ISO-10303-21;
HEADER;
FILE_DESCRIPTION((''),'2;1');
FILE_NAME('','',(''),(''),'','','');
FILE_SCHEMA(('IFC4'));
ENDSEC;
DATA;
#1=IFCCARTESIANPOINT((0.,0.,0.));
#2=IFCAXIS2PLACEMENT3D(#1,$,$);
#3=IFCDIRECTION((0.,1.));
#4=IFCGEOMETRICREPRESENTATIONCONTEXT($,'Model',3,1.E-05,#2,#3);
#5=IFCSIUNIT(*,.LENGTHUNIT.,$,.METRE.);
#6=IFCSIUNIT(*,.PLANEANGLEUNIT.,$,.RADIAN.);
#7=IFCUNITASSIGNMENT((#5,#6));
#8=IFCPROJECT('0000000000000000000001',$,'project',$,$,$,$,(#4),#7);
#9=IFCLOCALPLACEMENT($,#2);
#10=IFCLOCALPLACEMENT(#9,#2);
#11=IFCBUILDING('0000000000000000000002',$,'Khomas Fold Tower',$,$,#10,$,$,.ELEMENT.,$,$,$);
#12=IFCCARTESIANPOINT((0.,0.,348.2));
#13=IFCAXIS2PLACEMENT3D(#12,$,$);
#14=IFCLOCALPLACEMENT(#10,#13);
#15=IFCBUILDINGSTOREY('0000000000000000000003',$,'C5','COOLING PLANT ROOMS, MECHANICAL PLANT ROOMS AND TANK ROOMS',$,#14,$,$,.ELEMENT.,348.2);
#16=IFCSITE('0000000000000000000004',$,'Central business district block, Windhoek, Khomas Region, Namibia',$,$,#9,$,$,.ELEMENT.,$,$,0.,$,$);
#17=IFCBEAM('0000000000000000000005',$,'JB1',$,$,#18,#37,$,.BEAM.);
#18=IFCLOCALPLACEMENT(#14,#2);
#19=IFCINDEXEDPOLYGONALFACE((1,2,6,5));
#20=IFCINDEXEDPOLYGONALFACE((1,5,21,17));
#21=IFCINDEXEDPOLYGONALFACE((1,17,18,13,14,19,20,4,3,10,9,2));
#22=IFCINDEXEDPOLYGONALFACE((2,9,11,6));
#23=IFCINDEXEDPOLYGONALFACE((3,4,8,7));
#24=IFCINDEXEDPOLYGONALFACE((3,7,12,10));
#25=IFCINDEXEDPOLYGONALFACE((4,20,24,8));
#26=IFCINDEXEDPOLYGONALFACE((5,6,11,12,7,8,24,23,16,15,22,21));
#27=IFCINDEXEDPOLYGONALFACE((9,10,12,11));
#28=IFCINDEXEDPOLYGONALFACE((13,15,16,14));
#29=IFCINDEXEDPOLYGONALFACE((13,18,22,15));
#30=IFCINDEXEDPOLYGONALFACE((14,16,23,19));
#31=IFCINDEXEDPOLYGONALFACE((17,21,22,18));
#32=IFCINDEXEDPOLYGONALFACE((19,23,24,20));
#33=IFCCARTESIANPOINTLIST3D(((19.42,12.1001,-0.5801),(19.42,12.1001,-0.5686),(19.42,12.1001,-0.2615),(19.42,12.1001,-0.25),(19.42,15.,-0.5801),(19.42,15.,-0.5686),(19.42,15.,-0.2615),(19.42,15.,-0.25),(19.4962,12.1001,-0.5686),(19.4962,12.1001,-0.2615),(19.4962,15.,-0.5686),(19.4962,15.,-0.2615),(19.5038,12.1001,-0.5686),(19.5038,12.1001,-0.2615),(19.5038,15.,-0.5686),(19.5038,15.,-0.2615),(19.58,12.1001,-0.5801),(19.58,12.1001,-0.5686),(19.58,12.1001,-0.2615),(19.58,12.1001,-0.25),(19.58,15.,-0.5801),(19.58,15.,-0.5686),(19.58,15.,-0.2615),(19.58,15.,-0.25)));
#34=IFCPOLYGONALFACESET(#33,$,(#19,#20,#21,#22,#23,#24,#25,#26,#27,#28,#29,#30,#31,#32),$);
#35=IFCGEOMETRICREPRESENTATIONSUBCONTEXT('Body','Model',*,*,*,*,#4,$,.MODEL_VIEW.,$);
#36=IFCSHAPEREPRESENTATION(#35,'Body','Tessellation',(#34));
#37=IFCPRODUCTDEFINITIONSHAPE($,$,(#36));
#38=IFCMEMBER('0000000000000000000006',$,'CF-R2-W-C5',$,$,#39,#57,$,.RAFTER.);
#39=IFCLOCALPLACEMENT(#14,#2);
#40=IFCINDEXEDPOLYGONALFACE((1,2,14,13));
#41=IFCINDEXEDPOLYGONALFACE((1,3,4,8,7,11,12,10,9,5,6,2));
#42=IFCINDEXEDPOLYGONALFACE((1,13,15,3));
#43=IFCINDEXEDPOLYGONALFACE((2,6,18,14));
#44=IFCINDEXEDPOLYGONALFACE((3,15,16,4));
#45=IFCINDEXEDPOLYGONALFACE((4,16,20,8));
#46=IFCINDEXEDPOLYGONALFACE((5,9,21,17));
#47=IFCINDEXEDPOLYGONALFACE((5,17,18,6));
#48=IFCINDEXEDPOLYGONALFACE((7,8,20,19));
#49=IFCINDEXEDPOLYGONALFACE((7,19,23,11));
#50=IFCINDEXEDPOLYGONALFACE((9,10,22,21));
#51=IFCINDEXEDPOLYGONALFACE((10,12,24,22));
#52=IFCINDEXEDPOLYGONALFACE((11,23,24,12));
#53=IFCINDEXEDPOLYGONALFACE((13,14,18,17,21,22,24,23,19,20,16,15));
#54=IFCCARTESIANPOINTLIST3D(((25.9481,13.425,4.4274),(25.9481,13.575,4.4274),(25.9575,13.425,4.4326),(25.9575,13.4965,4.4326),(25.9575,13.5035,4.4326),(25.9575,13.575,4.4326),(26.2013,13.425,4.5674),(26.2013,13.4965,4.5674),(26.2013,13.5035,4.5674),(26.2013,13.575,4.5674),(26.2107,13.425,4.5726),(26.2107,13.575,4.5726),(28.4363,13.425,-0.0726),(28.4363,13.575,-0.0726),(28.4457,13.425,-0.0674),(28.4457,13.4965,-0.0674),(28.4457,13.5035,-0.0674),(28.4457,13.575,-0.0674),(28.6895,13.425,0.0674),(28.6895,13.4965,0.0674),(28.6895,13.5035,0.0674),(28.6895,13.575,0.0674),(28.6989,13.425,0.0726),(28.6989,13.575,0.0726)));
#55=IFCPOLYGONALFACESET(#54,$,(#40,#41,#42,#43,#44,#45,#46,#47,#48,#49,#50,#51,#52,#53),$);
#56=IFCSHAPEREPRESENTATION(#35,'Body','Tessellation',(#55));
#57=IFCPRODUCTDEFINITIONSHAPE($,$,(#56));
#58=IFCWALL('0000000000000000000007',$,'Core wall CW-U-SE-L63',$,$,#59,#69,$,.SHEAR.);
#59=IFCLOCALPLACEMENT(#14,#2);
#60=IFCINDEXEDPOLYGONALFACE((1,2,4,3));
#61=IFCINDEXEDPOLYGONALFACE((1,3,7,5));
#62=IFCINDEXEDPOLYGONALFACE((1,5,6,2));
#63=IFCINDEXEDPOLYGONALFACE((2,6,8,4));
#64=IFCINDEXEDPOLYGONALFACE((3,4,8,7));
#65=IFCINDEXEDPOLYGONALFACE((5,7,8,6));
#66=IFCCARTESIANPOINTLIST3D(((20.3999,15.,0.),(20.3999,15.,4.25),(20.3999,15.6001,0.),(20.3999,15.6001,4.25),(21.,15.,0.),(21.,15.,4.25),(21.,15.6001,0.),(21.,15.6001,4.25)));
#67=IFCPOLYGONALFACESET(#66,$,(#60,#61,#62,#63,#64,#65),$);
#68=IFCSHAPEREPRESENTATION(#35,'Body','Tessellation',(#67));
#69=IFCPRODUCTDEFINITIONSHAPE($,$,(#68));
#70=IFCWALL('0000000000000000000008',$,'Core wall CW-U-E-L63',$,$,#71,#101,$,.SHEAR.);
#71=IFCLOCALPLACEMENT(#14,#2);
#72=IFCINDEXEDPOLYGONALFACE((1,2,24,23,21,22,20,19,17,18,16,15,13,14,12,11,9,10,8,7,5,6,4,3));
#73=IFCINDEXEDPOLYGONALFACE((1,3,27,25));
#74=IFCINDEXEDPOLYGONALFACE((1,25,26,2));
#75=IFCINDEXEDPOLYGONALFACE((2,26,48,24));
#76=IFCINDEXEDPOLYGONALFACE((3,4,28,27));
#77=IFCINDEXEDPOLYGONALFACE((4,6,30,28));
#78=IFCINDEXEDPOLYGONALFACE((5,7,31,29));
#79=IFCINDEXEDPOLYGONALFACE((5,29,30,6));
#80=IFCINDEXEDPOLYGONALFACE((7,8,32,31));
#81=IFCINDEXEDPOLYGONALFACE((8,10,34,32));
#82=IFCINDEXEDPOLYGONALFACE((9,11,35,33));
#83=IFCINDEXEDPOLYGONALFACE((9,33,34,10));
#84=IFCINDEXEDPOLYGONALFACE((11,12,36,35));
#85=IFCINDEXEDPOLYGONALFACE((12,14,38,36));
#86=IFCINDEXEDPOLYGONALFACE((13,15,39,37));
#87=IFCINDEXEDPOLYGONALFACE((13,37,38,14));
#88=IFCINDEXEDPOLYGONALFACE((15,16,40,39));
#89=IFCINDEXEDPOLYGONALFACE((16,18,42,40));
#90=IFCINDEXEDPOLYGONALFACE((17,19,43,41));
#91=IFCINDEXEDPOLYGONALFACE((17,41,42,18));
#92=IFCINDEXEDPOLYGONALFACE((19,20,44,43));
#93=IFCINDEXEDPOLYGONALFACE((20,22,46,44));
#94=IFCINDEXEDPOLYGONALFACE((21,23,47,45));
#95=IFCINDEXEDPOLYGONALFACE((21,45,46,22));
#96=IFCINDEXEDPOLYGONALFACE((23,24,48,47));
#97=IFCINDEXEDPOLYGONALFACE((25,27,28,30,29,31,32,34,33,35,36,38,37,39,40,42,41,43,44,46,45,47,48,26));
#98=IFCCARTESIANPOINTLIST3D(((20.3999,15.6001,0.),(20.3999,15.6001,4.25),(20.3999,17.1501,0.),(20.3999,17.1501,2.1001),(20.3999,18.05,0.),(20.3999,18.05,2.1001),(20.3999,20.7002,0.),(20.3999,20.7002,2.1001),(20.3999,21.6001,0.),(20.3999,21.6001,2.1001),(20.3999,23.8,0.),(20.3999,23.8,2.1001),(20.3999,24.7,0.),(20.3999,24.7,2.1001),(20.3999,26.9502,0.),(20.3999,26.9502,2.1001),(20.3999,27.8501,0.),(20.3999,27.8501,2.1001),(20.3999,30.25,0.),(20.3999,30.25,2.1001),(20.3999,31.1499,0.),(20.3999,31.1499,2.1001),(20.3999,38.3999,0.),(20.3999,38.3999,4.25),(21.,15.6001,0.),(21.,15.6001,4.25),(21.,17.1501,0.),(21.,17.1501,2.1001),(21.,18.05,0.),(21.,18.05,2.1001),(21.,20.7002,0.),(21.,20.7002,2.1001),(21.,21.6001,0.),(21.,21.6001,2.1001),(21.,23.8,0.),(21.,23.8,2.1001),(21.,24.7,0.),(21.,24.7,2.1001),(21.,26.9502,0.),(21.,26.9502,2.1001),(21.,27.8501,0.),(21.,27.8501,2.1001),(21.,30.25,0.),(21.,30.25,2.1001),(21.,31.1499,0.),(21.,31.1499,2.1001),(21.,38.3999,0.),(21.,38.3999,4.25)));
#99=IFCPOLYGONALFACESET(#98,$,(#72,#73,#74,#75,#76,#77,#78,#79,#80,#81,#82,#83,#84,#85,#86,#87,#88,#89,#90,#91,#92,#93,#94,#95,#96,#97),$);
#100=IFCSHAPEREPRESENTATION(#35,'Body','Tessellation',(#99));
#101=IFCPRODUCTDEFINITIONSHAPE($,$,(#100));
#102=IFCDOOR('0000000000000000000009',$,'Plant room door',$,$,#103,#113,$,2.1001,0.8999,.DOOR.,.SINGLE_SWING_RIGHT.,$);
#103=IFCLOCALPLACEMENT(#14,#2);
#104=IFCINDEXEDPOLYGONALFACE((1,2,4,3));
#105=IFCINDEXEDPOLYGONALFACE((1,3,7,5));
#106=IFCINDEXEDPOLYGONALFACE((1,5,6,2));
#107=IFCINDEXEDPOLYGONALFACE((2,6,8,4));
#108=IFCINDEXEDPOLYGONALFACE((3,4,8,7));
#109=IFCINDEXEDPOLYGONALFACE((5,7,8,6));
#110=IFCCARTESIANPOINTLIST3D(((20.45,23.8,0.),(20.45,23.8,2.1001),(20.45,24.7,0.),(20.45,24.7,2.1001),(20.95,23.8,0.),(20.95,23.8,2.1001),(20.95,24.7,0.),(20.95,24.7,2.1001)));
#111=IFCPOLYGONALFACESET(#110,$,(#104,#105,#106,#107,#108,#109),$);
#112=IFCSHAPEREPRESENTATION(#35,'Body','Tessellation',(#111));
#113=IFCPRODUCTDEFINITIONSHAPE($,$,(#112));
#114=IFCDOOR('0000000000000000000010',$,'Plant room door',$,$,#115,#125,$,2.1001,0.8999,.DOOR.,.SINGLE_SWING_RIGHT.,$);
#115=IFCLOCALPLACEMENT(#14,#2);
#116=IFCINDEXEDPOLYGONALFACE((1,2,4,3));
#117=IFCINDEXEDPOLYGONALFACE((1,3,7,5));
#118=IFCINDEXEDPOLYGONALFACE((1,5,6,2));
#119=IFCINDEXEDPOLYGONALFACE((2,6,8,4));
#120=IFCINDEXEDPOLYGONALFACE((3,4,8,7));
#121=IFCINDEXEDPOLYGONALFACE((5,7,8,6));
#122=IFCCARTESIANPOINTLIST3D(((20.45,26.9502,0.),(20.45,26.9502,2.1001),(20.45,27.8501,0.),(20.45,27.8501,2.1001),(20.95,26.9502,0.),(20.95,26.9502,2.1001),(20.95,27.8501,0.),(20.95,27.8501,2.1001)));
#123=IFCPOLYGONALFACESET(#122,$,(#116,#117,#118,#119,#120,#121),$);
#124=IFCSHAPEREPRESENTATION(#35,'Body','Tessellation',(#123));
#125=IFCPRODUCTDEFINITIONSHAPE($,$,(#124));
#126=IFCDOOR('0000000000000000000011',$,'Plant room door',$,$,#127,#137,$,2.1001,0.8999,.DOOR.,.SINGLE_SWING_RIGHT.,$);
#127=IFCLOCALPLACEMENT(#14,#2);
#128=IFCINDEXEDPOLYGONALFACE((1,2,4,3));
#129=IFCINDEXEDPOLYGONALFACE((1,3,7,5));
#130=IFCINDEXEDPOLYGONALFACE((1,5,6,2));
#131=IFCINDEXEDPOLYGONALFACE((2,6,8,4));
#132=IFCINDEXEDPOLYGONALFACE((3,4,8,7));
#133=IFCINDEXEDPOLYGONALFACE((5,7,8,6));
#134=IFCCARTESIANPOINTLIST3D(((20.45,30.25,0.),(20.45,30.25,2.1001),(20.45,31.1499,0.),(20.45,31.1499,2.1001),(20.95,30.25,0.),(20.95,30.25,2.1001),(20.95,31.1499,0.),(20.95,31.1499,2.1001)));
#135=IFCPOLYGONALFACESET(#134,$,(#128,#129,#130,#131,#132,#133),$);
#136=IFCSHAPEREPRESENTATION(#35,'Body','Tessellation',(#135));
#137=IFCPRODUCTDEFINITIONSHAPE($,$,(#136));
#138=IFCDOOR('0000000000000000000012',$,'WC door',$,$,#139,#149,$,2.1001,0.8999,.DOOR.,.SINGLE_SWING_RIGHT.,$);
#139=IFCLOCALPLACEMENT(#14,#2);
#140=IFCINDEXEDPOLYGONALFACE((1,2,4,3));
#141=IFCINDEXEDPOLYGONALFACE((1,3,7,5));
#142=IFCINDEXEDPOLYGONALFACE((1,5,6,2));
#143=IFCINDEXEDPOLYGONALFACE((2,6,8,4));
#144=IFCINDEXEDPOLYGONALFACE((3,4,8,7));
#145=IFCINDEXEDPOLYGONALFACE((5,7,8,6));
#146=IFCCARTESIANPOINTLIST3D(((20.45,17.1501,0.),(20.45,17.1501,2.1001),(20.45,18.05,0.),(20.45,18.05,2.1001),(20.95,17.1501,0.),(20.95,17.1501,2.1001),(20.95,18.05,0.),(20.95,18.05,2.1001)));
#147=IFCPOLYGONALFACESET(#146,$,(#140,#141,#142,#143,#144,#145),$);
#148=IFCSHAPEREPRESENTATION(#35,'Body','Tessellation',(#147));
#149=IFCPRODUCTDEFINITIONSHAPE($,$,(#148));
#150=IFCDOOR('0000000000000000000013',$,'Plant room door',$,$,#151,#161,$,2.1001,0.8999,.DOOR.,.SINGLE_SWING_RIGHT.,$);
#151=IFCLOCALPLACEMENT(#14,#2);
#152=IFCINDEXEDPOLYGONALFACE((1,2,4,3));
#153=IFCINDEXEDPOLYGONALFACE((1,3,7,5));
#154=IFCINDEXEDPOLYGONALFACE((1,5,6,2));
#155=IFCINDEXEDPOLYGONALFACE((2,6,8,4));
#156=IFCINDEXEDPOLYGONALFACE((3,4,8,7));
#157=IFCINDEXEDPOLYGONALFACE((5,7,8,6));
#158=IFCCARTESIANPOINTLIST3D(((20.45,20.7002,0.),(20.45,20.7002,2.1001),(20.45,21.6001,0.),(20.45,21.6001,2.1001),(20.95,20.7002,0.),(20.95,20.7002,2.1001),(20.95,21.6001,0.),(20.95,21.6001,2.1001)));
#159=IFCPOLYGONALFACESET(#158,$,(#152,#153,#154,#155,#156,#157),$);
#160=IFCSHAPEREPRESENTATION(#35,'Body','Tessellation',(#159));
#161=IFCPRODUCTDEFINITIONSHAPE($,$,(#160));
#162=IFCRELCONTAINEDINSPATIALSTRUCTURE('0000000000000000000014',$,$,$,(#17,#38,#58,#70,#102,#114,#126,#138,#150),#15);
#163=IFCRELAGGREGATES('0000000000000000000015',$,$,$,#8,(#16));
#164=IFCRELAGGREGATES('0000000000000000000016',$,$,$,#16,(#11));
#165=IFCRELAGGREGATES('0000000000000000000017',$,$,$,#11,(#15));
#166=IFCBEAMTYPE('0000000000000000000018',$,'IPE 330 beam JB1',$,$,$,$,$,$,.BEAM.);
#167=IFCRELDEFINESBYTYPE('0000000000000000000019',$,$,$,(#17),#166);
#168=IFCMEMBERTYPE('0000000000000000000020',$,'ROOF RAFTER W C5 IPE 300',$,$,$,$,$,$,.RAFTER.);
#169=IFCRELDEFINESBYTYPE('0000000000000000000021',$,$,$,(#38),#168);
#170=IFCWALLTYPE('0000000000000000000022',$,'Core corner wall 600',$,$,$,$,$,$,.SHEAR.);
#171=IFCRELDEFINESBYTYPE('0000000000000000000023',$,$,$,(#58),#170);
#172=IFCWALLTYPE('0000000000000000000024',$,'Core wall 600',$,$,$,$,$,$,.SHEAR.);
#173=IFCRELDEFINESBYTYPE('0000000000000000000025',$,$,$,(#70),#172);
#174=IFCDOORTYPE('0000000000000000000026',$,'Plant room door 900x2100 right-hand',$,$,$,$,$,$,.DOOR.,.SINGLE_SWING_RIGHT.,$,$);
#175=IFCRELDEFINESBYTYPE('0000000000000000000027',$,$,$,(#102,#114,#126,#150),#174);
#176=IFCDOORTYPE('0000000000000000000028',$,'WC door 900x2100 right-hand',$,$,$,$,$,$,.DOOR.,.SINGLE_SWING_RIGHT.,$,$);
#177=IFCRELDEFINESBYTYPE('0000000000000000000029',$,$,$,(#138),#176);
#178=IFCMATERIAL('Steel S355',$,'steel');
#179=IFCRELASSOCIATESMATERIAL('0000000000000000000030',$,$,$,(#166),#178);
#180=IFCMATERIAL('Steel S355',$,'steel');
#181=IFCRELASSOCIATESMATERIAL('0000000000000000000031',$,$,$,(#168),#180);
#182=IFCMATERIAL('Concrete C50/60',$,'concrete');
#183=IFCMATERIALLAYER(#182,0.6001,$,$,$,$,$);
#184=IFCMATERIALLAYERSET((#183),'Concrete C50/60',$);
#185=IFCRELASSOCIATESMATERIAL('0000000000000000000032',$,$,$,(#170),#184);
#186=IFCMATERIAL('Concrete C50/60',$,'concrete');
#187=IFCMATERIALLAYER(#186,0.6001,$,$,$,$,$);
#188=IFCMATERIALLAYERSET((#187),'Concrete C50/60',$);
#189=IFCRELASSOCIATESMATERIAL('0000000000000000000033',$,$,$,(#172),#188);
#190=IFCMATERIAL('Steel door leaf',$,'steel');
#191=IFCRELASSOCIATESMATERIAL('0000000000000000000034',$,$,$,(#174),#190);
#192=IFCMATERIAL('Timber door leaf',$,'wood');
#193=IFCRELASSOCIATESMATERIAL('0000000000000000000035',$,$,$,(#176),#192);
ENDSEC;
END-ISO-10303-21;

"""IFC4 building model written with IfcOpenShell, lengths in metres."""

from ifc_helpers import new_model, si_unit, direction, frame, frame_2d, origin, origin_2d, place, context, subcontext, project, spatial, rectangle, i_section, extrude, source, transform, mapped, material, layer, layer_set, material_profile, profile_set, type_object, element, fill, save


model = new_model("IFC4")

# Units and contexts
model_context = context("Model", 3, precision=1e-05, world=origin(), true_north=direction((0.0, 1.0)))
body_context = subcontext(model_context, "Body", "Model", "MODEL_VIEW")
ifc_project = project(units=[si_unit("LENGTHUNIT", "METRE"), si_unit("PLANEANGLEUNIT", "RADIAN")], contexts=[model_context])

# Site, building, storey
site_placement = place(None, origin())
site = spatial("IfcSite", under=ifc_project, at=site_placement, Name="Central business district block, Windhoek, Khomas Region, Namibia", CompositionType="ELEMENT", RefElevation=0.0)
building_placement = place(site_placement, origin())
building = spatial("IfcBuilding", under=site, at=building_placement, Name="Khomas Fold Tower", CompositionType="ELEMENT")
storey_placement = place(building_placement, frame((0.0, 0.0, 348.2)))
storey = spatial("IfcBuildingStorey", under=building, at=storey_placement, Name="C5", Description="COOLING PLANT ROOMS, MECHANICAL PLANT ROOMS AND TANK ROOMS", CompositionType="ELEMENT", Elevation=348.2)

# Beam
ifc_material_1 = material(Name="Steel S355", Category="steel")
ifc_material_profile_1 = material_profile(ifc_material_1, i_section(OverallWidth=0.1599, OverallDepth=0.3301, WebThickness=0.0076, FlangeThickness=0.0115, at=origin_2d()), Name="IPE 330")
ifc_profile_set_1 = profile_set([ifc_material_profile_1], Name="Steel S355")
beam_type = type_object("IfcBeamType", Name="IPE 330 beam JB1", PredefinedType="BEAM", material=ifc_profile_set_1)
shared_shape_1 = source(origin(), body_context, "Body", "SweptSolid", [
    extrude(i_section(OverallWidth=0.1599, OverallDepth=0.3301, WebThickness=0.0076, FlangeThickness=0.0115, at=origin_2d()), origin(), (0.0, 0.0, 1.0), 2.8999),
])
beam_placement = place(storey_placement, frame((19.5, 12.1001, -0.415), z_axis=(0.0, 1.0, 0.0), x_axis=(-1.0, 0.0, 0.0)))
element("IfcBeam", 1, at=beam_placement, inside=storey, type_object=beam_type, Name="JB1", PredefinedType="BEAM", context=body_context, shape_type="MappedRepresentation", body=[
    mapped(shared_shape_1, transform((0.0, 0.0, 0.0))),
])

# Member
ifc_material_2 = material(Name="Steel S355", Category="steel")
ifc_material_profile_2 = material_profile(ifc_material_2, i_section(OverallWidth=0.1499, OverallDepth=0.3, WebThickness=0.0071, FlangeThickness=0.0107, at=origin_2d()), Name="IPE 300")
ifc_profile_set_2 = profile_set([ifc_material_profile_2], Name="Steel S355")
member_type_1 = type_object("IfcMemberType", Name="ROOF RAFTER W C5 IPE 300", PredefinedType="RAFTER", material=ifc_profile_set_2)
shared_shape_2 = source(origin(), body_context, "Body", "SweptSolid", [
    extrude(i_section(OverallWidth=0.1499, OverallDepth=0.3, WebThickness=0.0071, FlangeThickness=0.0107, at=origin_2d()), origin(), (0.0, 0.0, 1.0), 5.1421),
])
member_1_placement = place(storey_placement, frame((28.5676, 13.5, 0.0), z_axis=(-0.4839, 0.0, 0.875123), x_axis=(0.0, -1.0, 0.0)))
element("IfcMember", 2, at=member_1_placement, inside=storey, type_object=member_type_1, Name="CF-R2-W-C5", PredefinedType="RAFTER", context=body_context, shape_type="MappedRepresentation", body=[
    mapped(shared_shape_2, transform((0.0, 0.0, 0.0))),
])

# Wall
ifc_material_3 = material(Name="Concrete C50/60", Category="concrete")
ifc_layer_1 = layer(ifc_material_3, 0.6001)
ifc_layer_set_1 = layer_set([ifc_layer_1], Name="Concrete C50/60")
wall_type_1 = type_object("IfcWallType", Name="Core corner wall 600", PredefinedType="SHEAR", material=ifc_layer_set_1)
shared_shape_3 = source(origin(), body_context, "Body", "SweptSolid", [
    extrude(rectangle(XDim=0.6001, YDim=0.6001, at=frame_2d((0.3, 0.0))), origin(), (0.0, 0.0, 1.0), 4.25),
])
wall_1_placement = place(storey_placement, frame((20.3999, 15.3, 0.0), z_axis=(0.0, 0.0, 1.0), x_axis=(1.0, 0.0, 0.0)))
element("IfcWall", 3, at=wall_1_placement, inside=storey, type_object=wall_type_1, Name="Core wall CW-U-SE-L63", PredefinedType="SHEAR", context=body_context, shape_type="MappedRepresentation", body=[
    mapped(shared_shape_3, transform((0.0, 0.0, 0.0))),
])

# Wall, openings, doors
ifc_material_4 = material(Name="Concrete C50/60", Category="concrete")
ifc_layer_2 = layer(ifc_material_4, 0.6001)
ifc_layer_set_2 = layer_set([ifc_layer_2], Name="Concrete C50/60")
wall_type_2 = type_object("IfcWallType", Name="Core wall 600", PredefinedType="SHEAR", material=ifc_layer_set_2)
shared_shape_4 = source(origin(), body_context, "Body", "SweptSolid", [
    extrude(rectangle(XDim=22.7998, YDim=0.6001, at=frame_2d((11.3999, 0.0))), origin(), (0.0, 0.0, 1.0), 4.25),
])
wall_2_placement = place(storey_placement, frame((20.7, 15.6001, 0.0), z_axis=(0.0, 0.0, 1.0), x_axis=(0.0, 1.0, 0.0)))
wall_2 = element("IfcWall", 4, at=wall_2_placement, inside=storey, type_object=wall_type_2, Name="Core wall CW-U-E-L63", PredefinedType="SHEAR", context=body_context, shape_type="MappedRepresentation", body=[
    mapped(shared_shape_4, transform((0.0, 0.0, 0.0))),
])
shared_shape_5 = source(origin(), body_context, "Body", "SweptSolid", [
    extrude(rectangle(XDim=0.8999, YDim=2.1001, at=frame_2d((0.45, 1.05))), frame((0.0, 0.3101, 0.0), z_axis=(0.0, -1.0, 0.0), x_axis=(1.0, 0.0, 0.0)), (0.0, 0.0, 1.0), 0.6201),
])
opening_1_placement = place(wall_2_placement, frame((8.2, 0.0, 0.0)))
opening_1 = element("IfcOpeningElement", 5, at=opening_1_placement, cuts=wall_2, PredefinedType="OPENING", context=body_context, shape_type="MappedRepresentation", body=[
    mapped(shared_shape_5, transform((0.0, 0.0, 0.0))),
])
opening_2_placement = place(wall_2_placement, frame((11.3501, 0.0, 0.0)))
opening_2 = element("IfcOpeningElement", 6, at=opening_2_placement, cuts=wall_2, PredefinedType="OPENING", context=body_context, shape_type="MappedRepresentation", body=[
    mapped(shared_shape_5, transform((0.0, 0.0, 0.0))),
])
opening_3_placement = place(wall_2_placement, frame((14.6499, 0.0, 0.0)))
opening_3 = element("IfcOpeningElement", 7, at=opening_3_placement, cuts=wall_2, PredefinedType="OPENING", context=body_context, shape_type="MappedRepresentation", body=[
    mapped(shared_shape_5, transform((0.0, 0.0, 0.0))),
])
opening_4_placement = place(wall_2_placement, frame((1.55, 0.0, 0.0)))
opening_4 = element("IfcOpeningElement", 8, at=opening_4_placement, cuts=wall_2, PredefinedType="OPENING", context=body_context, shape_type="MappedRepresentation", body=[
    mapped(shared_shape_5, transform((0.0, 0.0, 0.0))),
])
opening_5_placement = place(wall_2_placement, frame((5.1001, 0.0, 0.0)))
opening_5 = element("IfcOpeningElement", 9, at=opening_5_placement, cuts=wall_2, PredefinedType="OPENING", context=body_context, shape_type="MappedRepresentation", body=[
    mapped(shared_shape_5, transform((0.0, 0.0, 0.0))),
])
ifc_material_5 = material(Name="Steel door leaf", Category="steel")
door_type_1 = type_object("IfcDoorType", Name="Plant room door 900x2100 right-hand", OperationType="SINGLE_SWING_RIGHT", PredefinedType="DOOR", material=ifc_material_5)
shared_shape_6 = source(origin(), body_context, "Body", "SweptSolid", [
    extrude(rectangle(XDim=0.8999, YDim=2.1001, at=frame_2d((0.45, 1.05))), frame((0.0, 0.25, 0.0), z_axis=(0.0, -1.0, 0.0), x_axis=(1.0, 0.0, 0.0)), (0.0, 0.0, 1.0), 0.5),
])
door_1_placement = place(opening_1_placement, origin())
door_1 = element("IfcDoor", 10, at=door_1_placement, inside=storey, type_object=door_type_1, Name="Plant room door", OperationType="SINGLE_SWING_RIGHT", OverallHeight=2.1001, OverallWidth=0.8999, PredefinedType="DOOR", context=body_context, shape_type="MappedRepresentation", body=[
    mapped(shared_shape_6, transform((0.0, 0.0, 0.0))),
])
fill(opening_1, door_1)
door_2_placement = place(opening_2_placement, origin())
door_2 = element("IfcDoor", 11, at=door_2_placement, inside=storey, type_object=door_type_1, Name="Plant room door", OperationType="SINGLE_SWING_RIGHT", OverallHeight=2.1001, OverallWidth=0.8999, PredefinedType="DOOR", context=body_context, shape_type="MappedRepresentation", body=[
    mapped(shared_shape_6, transform((0.0, 0.0, 0.0))),
])
fill(opening_2, door_2)
door_3_placement = place(opening_3_placement, origin())
door_3 = element("IfcDoor", 12, at=door_3_placement, inside=storey, type_object=door_type_1, Name="Plant room door", OperationType="SINGLE_SWING_RIGHT", OverallHeight=2.1001, OverallWidth=0.8999, PredefinedType="DOOR", context=body_context, shape_type="MappedRepresentation", body=[
    mapped(shared_shape_6, transform((0.0, 0.0, 0.0))),
])
fill(opening_3, door_3)
ifc_material_6 = material(Name="Timber door leaf", Category="wood")
door_type_2 = type_object("IfcDoorType", Name="WC door 900x2100 right-hand", OperationType="SINGLE_SWING_RIGHT", PredefinedType="DOOR", material=ifc_material_6)
door_4_placement = place(opening_4_placement, origin())
door_4 = element("IfcDoor", 13, at=door_4_placement, inside=storey, type_object=door_type_2, Name="WC door", OperationType="SINGLE_SWING_RIGHT", OverallHeight=2.1001, OverallWidth=0.8999, PredefinedType="DOOR", context=body_context, shape_type="MappedRepresentation", body=[
    mapped(shared_shape_6, transform((0.0, 0.0, 0.0))),
])
fill(opening_4, door_4)
door_5_placement = place(opening_5_placement, origin())
door_5 = element("IfcDoor", 14, at=door_5_placement, inside=storey, type_object=door_type_1, Name="Plant room door", OperationType="SINGLE_SWING_RIGHT", OverallHeight=2.1001, OverallWidth=0.8999, PredefinedType="DOOR", context=body_context, shape_type="MappedRepresentation", body=[
    mapped(shared_shape_6, transform((0.0, 0.0, 0.0))),
])
fill(opening_5, door_5)

save(model, "model.ifc")
